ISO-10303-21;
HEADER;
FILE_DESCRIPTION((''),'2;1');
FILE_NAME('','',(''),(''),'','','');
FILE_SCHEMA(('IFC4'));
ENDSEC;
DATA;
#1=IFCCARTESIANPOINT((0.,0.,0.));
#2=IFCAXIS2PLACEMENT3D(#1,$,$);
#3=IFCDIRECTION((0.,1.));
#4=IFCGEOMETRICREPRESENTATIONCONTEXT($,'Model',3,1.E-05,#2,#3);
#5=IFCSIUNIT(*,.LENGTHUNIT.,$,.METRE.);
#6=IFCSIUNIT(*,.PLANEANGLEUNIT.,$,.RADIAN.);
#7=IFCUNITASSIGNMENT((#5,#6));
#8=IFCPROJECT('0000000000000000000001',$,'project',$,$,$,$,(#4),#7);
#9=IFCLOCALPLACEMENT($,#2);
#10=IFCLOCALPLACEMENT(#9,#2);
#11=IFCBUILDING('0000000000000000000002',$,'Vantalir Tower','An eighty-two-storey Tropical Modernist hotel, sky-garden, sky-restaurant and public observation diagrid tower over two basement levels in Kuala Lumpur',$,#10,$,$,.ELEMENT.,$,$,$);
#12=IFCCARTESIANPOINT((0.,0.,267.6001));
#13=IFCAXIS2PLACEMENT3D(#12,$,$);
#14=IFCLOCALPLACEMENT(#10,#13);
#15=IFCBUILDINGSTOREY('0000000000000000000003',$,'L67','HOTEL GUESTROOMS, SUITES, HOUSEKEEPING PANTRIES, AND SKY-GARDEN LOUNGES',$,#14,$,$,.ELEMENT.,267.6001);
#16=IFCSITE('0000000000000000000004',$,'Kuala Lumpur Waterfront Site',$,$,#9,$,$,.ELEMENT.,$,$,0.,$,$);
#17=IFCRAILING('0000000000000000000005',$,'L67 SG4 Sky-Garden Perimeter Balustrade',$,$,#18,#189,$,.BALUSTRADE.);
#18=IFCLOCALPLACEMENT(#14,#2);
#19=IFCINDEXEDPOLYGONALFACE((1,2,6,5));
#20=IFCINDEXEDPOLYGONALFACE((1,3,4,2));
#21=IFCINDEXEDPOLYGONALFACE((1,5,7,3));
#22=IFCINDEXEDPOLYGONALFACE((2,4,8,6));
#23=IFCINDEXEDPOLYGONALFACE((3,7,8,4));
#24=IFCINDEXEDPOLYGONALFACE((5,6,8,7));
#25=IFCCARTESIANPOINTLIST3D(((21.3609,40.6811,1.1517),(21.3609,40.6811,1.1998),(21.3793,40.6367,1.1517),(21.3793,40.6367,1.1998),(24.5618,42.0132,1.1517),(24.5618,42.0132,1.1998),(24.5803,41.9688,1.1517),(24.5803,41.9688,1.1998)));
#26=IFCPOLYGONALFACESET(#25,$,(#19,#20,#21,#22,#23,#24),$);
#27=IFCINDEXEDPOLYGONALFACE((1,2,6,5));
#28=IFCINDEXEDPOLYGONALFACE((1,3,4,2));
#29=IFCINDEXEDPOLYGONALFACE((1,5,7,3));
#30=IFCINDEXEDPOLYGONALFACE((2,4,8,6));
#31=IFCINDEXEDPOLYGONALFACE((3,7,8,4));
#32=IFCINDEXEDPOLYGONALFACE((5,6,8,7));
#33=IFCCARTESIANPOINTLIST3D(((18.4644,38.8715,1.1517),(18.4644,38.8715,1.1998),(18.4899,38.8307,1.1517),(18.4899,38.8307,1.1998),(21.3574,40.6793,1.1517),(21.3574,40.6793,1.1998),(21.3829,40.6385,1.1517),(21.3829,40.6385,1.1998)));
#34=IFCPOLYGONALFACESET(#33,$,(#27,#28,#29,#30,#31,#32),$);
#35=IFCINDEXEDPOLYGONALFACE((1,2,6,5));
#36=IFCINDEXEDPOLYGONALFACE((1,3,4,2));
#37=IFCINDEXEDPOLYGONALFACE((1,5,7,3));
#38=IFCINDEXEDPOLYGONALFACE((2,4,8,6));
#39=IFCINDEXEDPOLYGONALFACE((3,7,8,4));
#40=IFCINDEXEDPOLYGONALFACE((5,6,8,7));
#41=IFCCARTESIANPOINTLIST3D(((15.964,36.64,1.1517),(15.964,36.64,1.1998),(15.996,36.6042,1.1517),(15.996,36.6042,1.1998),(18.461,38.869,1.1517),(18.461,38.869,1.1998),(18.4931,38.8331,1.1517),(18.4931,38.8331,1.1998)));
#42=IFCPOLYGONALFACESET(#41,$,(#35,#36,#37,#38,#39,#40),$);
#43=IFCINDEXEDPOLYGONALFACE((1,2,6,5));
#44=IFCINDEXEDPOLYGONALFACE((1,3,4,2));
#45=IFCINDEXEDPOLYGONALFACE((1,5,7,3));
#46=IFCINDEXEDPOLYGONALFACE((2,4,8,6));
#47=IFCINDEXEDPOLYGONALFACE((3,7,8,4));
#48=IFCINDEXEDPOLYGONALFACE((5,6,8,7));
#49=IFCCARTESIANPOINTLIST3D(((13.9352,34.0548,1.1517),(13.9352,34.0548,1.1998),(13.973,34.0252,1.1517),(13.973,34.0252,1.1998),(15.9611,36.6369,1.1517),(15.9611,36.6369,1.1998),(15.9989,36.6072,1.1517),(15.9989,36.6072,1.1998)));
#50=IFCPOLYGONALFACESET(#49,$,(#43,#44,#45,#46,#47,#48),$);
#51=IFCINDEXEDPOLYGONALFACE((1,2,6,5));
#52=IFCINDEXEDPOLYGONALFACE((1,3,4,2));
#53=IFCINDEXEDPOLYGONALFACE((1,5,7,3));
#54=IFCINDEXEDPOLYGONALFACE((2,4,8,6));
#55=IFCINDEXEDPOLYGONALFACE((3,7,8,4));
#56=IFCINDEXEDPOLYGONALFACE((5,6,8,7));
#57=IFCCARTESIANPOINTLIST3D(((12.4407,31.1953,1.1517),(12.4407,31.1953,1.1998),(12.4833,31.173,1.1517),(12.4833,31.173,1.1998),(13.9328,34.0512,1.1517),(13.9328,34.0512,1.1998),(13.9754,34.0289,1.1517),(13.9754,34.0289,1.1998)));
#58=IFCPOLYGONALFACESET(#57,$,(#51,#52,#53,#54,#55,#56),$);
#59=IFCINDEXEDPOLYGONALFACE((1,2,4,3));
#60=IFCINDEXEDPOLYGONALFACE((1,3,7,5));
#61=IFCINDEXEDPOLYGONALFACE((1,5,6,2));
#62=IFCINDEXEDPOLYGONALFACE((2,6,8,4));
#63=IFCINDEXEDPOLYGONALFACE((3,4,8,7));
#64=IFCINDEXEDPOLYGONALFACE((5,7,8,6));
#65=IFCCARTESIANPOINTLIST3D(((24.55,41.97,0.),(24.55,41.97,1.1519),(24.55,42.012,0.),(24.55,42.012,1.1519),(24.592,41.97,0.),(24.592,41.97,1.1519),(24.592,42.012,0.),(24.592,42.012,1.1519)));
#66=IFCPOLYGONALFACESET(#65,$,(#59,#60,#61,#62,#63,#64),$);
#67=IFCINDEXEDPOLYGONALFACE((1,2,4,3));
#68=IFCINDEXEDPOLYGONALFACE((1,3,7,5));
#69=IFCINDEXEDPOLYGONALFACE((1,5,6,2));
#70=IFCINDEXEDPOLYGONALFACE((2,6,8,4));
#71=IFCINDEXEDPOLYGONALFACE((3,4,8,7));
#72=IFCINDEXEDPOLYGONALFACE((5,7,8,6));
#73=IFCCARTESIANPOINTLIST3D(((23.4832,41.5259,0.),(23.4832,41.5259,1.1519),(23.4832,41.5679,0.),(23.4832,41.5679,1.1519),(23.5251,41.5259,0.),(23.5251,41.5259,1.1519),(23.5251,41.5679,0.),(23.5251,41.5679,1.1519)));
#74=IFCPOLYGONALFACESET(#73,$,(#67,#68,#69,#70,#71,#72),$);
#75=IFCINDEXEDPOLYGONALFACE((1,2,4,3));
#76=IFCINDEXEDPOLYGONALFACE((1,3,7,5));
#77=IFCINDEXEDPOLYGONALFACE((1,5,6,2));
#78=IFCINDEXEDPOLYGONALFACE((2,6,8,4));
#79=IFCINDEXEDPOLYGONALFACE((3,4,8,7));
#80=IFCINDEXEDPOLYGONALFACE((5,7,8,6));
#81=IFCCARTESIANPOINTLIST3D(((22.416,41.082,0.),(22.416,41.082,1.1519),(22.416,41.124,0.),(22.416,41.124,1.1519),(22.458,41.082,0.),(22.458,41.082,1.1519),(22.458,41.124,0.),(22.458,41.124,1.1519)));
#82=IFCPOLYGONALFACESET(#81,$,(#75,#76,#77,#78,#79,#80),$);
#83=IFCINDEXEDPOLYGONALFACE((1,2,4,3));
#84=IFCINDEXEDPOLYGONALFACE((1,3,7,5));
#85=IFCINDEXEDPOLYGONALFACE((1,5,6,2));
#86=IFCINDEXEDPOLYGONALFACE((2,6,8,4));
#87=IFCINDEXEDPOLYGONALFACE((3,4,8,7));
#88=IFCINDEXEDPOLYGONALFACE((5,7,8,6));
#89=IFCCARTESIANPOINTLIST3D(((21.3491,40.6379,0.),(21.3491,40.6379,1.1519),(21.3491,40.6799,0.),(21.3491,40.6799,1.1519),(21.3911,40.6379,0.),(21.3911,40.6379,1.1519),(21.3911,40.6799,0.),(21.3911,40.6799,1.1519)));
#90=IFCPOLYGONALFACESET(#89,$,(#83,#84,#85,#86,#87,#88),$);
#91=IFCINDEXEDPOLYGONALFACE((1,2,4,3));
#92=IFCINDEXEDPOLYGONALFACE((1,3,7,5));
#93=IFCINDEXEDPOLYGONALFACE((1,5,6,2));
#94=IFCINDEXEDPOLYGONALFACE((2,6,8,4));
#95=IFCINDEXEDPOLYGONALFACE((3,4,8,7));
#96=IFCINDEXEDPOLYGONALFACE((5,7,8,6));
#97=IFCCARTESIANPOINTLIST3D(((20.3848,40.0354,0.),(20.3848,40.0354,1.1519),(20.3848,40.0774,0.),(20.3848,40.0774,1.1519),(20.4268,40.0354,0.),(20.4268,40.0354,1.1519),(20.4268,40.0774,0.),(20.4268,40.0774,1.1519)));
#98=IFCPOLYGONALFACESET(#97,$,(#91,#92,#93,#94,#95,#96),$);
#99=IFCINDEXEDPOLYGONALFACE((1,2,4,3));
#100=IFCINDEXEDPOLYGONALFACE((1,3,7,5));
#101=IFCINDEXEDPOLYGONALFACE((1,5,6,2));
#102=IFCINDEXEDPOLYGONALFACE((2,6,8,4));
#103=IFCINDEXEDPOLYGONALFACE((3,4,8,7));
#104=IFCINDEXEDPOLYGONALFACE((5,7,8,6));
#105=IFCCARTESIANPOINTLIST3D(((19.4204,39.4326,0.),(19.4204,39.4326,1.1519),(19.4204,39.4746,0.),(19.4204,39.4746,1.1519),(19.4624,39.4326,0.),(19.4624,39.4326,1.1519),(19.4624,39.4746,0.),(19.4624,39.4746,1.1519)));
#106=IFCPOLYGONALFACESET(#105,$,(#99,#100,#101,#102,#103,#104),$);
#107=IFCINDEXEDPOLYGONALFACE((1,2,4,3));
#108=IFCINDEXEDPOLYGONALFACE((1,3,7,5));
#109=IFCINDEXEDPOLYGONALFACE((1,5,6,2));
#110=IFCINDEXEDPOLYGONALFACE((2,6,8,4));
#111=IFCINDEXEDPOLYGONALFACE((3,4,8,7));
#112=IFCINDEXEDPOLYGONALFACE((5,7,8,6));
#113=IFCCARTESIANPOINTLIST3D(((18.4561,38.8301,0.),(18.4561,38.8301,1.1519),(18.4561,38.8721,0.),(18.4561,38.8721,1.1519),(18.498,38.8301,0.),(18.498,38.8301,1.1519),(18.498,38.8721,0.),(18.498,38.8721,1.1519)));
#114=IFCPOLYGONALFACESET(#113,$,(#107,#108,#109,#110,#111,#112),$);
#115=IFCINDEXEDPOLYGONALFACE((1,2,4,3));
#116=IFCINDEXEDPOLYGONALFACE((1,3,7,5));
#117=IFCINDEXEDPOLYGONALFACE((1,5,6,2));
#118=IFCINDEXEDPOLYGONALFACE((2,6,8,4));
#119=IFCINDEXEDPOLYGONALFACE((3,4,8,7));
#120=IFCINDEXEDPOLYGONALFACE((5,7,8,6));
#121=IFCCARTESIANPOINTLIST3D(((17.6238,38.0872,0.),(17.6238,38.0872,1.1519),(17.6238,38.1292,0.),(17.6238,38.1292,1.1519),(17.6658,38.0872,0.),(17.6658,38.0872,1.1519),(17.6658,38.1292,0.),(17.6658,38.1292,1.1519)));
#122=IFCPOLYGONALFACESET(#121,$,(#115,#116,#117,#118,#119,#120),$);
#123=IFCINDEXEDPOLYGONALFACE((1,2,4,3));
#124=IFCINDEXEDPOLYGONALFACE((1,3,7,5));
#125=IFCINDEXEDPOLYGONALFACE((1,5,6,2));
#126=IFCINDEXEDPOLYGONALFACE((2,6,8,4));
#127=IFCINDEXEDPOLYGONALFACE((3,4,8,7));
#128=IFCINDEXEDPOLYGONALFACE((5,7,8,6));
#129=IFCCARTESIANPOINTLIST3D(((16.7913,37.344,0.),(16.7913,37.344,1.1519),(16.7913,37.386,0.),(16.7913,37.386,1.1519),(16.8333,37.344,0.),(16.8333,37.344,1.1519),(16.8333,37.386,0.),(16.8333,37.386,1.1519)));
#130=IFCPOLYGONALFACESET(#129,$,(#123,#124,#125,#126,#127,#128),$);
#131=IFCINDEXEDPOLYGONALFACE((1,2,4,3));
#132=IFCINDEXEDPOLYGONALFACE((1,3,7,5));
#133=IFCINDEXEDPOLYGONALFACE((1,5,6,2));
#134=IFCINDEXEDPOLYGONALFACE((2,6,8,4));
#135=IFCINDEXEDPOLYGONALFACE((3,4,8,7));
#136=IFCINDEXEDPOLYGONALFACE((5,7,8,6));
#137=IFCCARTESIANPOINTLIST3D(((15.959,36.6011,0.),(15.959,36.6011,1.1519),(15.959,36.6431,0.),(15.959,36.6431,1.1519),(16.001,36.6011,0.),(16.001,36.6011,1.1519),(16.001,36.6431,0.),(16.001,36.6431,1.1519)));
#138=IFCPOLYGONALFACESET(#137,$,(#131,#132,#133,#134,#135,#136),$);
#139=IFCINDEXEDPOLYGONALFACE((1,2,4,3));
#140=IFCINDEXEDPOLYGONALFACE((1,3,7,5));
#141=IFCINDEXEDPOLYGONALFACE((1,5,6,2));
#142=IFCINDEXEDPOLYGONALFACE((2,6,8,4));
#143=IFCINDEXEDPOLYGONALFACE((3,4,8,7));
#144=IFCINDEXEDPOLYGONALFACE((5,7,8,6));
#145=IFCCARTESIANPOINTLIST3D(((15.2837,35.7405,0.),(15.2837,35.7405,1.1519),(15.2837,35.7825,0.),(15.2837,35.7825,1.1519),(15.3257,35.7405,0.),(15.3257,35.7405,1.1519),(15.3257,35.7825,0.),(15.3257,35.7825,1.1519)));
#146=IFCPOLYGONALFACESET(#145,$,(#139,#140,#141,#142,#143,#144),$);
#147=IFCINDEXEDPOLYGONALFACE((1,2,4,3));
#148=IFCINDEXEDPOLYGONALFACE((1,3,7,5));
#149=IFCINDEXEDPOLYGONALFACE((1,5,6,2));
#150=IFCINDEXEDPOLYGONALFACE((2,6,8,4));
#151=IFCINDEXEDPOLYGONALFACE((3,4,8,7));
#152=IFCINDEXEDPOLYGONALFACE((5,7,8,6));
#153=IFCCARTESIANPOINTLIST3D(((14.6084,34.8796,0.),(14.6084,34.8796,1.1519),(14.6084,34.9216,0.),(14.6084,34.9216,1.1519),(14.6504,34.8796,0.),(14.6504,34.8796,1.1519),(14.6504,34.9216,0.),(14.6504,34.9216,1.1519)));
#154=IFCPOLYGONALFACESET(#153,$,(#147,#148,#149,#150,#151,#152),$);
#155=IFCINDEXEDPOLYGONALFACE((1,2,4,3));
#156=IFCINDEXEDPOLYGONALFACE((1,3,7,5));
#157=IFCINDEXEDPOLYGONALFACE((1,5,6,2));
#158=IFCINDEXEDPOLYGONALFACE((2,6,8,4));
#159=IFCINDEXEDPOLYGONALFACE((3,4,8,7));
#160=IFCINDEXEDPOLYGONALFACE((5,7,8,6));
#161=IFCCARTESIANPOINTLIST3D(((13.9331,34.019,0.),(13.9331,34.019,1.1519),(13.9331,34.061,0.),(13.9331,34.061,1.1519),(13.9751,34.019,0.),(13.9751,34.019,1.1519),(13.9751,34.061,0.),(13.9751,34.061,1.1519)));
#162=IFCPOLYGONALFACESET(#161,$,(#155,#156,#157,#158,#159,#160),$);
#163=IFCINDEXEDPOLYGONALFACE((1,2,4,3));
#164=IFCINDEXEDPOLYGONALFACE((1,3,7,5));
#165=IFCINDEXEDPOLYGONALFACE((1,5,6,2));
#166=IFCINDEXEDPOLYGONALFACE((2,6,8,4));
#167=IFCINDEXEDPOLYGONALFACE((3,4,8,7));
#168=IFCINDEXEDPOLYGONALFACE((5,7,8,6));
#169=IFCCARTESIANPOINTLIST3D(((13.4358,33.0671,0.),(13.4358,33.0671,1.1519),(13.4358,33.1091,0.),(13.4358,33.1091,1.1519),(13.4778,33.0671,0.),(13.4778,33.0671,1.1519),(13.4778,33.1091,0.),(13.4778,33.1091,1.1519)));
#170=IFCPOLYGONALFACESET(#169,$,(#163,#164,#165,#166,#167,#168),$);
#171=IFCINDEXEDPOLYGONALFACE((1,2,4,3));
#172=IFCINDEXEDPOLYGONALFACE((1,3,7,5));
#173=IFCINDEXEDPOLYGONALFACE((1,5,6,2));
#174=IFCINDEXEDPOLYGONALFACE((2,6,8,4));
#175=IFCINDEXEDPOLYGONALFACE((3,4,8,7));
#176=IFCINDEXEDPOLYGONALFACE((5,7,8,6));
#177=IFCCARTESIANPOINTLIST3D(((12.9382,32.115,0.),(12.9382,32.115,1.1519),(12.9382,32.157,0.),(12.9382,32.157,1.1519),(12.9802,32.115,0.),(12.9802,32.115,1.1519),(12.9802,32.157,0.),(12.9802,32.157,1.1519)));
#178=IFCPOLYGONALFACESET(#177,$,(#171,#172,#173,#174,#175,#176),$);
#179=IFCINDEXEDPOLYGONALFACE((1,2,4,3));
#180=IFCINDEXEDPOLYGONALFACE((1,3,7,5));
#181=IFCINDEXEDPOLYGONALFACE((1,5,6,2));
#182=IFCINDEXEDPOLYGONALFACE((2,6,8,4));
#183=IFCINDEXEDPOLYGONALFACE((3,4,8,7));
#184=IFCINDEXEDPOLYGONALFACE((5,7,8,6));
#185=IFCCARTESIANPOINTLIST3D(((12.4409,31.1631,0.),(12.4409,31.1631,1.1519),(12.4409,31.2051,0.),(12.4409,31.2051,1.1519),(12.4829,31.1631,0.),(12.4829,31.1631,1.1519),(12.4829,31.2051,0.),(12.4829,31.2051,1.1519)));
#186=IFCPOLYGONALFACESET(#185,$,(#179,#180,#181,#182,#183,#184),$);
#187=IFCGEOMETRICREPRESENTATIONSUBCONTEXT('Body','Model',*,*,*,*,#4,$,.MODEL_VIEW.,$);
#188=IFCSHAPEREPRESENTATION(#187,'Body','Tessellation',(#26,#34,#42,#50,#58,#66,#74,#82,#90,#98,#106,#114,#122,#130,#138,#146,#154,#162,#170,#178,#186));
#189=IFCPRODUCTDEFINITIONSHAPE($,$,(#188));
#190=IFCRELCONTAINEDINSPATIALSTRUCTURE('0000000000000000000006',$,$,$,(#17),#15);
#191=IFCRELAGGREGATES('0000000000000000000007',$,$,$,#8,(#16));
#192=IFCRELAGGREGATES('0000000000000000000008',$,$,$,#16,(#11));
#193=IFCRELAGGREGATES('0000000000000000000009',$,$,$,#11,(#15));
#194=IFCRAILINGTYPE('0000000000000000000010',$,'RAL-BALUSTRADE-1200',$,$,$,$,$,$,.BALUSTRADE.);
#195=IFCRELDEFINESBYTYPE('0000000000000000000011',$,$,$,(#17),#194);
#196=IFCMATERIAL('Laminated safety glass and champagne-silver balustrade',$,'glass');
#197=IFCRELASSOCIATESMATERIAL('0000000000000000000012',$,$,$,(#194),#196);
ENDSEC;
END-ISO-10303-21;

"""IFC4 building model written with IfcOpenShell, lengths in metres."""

from ifc_helpers import new_model, si_unit, direction, frame, origin, origin_2d, place, context, subcontext, project, spatial, rectangle, extrude, material, type_object, element, save


model = new_model("IFC4")

# Units and contexts
model_context = context("Model", 3, precision=1e-05, world=origin(), true_north=direction((0.0, 1.0)))
body_context = subcontext(model_context, "Body", "Model", "MODEL_VIEW")
ifc_project = project(units=[si_unit("LENGTHUNIT", "METRE"), si_unit("PLANEANGLEUNIT", "RADIAN")], contexts=[model_context])

# Site, building, storey
site_placement = place(None, origin())
site = spatial("IfcSite", under=ifc_project, at=site_placement, Name="Kuala Lumpur Waterfront Site", CompositionType="ELEMENT", RefElevation=0.0)
building_placement = place(site_placement, origin())
building = spatial("IfcBuilding", under=site, at=building_placement, Name="Vantalir Tower", Description="An eighty-two-storey Tropical Modernist hotel, sky-garden, sky-restaurant and public observation diagrid tower over two basement levels in Kuala Lumpur", CompositionType="ELEMENT")
storey_placement = place(building_placement, frame((0.0, 0.0, 267.6001)))
storey = spatial("IfcBuildingStorey", under=building, at=storey_placement, Name="L67", Description="HOTEL GUESTROOMS, SUITES, HOUSEKEEPING PANTRIES, AND SKY-GARDEN LOUNGES", CompositionType="ELEMENT", Elevation=267.6001)

# Railing
ifc_material_1 = material(Name="Laminated safety glass and champagne-silver balustrade", Category="glass")
railing_type = type_object("IfcRailingType", Name="RAL-BALUSTRADE-1200", PredefinedType="BALUSTRADE", material=ifc_material_1)
railing_placement = place(storey_placement, frame((24.571, 41.991, 0.0)))
element("IfcRailing", 1, at=railing_placement, inside=storey, type_object=railing_type, Name="L67 SG4 Sky-Garden Perimeter Balustrade", PredefinedType="BALUSTRADE", context=body_context, shape_type="SweptSolid", body=[
    extrude(rectangle(XDim=0.0481, YDim=0.0481, at=origin_2d()), frame((0.0, 0.0, 1.1758), z_axis=(-0.92325, -0.3842, 0.0), x_axis=(0.3842, -0.92325, 0.0)), (0.0, 0.0, 1.0), 3.467),
    extrude(rectangle(XDim=0.0481, YDim=0.0481, at=origin_2d()), frame((-3.2009, -1.332, 1.1758), z_axis=(-0.848039, -0.529935, 0.0), x_axis=(0.529935, -0.848039, 0.0)), (0.0, 0.0, 1.0), 3.4114),
    extrude(rectangle(XDim=0.0481, YDim=0.0481, at=origin_2d()), frame((-6.094, -3.1399, 1.1758), z_axis=(-0.746015, -0.665929, 0.0), x_axis=(0.665929, -0.746015, 0.0)), (0.0, 0.0, 1.0), 3.3472),
    extrude(rectangle(XDim=0.0481, YDim=0.0481, at=origin_2d()), frame((-8.5911, -5.3689, 1.1758), z_axis=(-0.617283, -0.786741, 0.0), x_axis=(0.786741, -0.617283, 0.0)), (0.0, 0.0, 1.0), 3.282),
    extrude(rectangle(XDim=0.0481, YDim=0.0481, at=origin_2d()), frame((-10.6169, -7.9509, 1.1758), z_axis=(-0.463084, -0.886315, 0.0), x_axis=(0.886315, -0.463084, 0.0)), (0.0, 0.0, 1.0), 3.2222),
    extrude(rectangle(XDim=0.042, YDim=0.042, at=origin_2d()), origin(), (0.0, 0.0, 1.0), 1.1519),
    extrude(rectangle(XDim=0.042, YDim=0.042, at=origin_2d()), frame((-1.0669, -0.4441, 0.0)), (0.0, 0.0, 1.0), 1.1519),
    extrude(rectangle(XDim=0.042, YDim=0.042, at=origin_2d()), frame((-2.134, -0.8879, 0.0)), (0.0, 0.0, 1.0), 1.1519),
    extrude(rectangle(XDim=0.042, YDim=0.042, at=origin_2d()), frame((-3.2009, -1.332, 0.0)), (0.0, 0.0, 1.0), 1.1519),
    extrude(rectangle(XDim=0.042, YDim=0.042, at=origin_2d()), frame((-4.1653, -1.9346, 0.0)), (0.0, 0.0, 1.0), 1.1519),
    extrude(rectangle(XDim=0.042, YDim=0.042, at=origin_2d()), frame((-5.1296, -2.5374, 0.0)), (0.0, 0.0, 1.0), 1.1519),
    extrude(rectangle(XDim=0.042, YDim=0.042, at=origin_2d()), frame((-6.094, -3.1399, 0.0)), (0.0, 0.0, 1.0), 1.1519),
    extrude(rectangle(XDim=0.042, YDim=0.042, at=origin_2d()), frame((-6.9263, -3.8828, 0.0)), (0.0, 0.0, 1.0), 1.1519),
    extrude(rectangle(XDim=0.042, YDim=0.042, at=origin_2d()), frame((-7.7588, -4.626, 0.0)), (0.0, 0.0, 1.0), 1.1519),
    extrude(rectangle(XDim=0.042, YDim=0.042, at=origin_2d()), frame((-8.5911, -5.3689, 0.0)), (0.0, 0.0, 1.0), 1.1519),
    extrude(rectangle(XDim=0.042, YDim=0.042, at=origin_2d()), frame((-9.2664, -6.2295, 0.0)), (0.0, 0.0, 1.0), 1.1519),
    extrude(rectangle(XDim=0.042, YDim=0.042, at=origin_2d()), frame((-9.9417, -7.0903, 0.0)), (0.0, 0.0, 1.0), 1.1519),
    extrude(rectangle(XDim=0.042, YDim=0.042, at=origin_2d()), frame((-10.6169, -7.9509, 0.0)), (0.0, 0.0, 1.0), 1.1519),
    extrude(rectangle(XDim=0.042, YDim=0.042, at=origin_2d()), frame((-11.1143, -8.9028, 0.0)), (0.0, 0.0, 1.0), 1.1519),
    extrude(rectangle(XDim=0.042, YDim=0.042, at=origin_2d()), frame((-11.6118, -9.855, 0.0)), (0.0, 0.0, 1.0), 1.1519),
    extrude(rectangle(XDim=0.042, YDim=0.042, at=origin_2d()), frame((-12.1091, -10.8069, 0.0)), (0.0, 0.0, 1.0), 1.1519),
])

save(model, "model.ifc")
